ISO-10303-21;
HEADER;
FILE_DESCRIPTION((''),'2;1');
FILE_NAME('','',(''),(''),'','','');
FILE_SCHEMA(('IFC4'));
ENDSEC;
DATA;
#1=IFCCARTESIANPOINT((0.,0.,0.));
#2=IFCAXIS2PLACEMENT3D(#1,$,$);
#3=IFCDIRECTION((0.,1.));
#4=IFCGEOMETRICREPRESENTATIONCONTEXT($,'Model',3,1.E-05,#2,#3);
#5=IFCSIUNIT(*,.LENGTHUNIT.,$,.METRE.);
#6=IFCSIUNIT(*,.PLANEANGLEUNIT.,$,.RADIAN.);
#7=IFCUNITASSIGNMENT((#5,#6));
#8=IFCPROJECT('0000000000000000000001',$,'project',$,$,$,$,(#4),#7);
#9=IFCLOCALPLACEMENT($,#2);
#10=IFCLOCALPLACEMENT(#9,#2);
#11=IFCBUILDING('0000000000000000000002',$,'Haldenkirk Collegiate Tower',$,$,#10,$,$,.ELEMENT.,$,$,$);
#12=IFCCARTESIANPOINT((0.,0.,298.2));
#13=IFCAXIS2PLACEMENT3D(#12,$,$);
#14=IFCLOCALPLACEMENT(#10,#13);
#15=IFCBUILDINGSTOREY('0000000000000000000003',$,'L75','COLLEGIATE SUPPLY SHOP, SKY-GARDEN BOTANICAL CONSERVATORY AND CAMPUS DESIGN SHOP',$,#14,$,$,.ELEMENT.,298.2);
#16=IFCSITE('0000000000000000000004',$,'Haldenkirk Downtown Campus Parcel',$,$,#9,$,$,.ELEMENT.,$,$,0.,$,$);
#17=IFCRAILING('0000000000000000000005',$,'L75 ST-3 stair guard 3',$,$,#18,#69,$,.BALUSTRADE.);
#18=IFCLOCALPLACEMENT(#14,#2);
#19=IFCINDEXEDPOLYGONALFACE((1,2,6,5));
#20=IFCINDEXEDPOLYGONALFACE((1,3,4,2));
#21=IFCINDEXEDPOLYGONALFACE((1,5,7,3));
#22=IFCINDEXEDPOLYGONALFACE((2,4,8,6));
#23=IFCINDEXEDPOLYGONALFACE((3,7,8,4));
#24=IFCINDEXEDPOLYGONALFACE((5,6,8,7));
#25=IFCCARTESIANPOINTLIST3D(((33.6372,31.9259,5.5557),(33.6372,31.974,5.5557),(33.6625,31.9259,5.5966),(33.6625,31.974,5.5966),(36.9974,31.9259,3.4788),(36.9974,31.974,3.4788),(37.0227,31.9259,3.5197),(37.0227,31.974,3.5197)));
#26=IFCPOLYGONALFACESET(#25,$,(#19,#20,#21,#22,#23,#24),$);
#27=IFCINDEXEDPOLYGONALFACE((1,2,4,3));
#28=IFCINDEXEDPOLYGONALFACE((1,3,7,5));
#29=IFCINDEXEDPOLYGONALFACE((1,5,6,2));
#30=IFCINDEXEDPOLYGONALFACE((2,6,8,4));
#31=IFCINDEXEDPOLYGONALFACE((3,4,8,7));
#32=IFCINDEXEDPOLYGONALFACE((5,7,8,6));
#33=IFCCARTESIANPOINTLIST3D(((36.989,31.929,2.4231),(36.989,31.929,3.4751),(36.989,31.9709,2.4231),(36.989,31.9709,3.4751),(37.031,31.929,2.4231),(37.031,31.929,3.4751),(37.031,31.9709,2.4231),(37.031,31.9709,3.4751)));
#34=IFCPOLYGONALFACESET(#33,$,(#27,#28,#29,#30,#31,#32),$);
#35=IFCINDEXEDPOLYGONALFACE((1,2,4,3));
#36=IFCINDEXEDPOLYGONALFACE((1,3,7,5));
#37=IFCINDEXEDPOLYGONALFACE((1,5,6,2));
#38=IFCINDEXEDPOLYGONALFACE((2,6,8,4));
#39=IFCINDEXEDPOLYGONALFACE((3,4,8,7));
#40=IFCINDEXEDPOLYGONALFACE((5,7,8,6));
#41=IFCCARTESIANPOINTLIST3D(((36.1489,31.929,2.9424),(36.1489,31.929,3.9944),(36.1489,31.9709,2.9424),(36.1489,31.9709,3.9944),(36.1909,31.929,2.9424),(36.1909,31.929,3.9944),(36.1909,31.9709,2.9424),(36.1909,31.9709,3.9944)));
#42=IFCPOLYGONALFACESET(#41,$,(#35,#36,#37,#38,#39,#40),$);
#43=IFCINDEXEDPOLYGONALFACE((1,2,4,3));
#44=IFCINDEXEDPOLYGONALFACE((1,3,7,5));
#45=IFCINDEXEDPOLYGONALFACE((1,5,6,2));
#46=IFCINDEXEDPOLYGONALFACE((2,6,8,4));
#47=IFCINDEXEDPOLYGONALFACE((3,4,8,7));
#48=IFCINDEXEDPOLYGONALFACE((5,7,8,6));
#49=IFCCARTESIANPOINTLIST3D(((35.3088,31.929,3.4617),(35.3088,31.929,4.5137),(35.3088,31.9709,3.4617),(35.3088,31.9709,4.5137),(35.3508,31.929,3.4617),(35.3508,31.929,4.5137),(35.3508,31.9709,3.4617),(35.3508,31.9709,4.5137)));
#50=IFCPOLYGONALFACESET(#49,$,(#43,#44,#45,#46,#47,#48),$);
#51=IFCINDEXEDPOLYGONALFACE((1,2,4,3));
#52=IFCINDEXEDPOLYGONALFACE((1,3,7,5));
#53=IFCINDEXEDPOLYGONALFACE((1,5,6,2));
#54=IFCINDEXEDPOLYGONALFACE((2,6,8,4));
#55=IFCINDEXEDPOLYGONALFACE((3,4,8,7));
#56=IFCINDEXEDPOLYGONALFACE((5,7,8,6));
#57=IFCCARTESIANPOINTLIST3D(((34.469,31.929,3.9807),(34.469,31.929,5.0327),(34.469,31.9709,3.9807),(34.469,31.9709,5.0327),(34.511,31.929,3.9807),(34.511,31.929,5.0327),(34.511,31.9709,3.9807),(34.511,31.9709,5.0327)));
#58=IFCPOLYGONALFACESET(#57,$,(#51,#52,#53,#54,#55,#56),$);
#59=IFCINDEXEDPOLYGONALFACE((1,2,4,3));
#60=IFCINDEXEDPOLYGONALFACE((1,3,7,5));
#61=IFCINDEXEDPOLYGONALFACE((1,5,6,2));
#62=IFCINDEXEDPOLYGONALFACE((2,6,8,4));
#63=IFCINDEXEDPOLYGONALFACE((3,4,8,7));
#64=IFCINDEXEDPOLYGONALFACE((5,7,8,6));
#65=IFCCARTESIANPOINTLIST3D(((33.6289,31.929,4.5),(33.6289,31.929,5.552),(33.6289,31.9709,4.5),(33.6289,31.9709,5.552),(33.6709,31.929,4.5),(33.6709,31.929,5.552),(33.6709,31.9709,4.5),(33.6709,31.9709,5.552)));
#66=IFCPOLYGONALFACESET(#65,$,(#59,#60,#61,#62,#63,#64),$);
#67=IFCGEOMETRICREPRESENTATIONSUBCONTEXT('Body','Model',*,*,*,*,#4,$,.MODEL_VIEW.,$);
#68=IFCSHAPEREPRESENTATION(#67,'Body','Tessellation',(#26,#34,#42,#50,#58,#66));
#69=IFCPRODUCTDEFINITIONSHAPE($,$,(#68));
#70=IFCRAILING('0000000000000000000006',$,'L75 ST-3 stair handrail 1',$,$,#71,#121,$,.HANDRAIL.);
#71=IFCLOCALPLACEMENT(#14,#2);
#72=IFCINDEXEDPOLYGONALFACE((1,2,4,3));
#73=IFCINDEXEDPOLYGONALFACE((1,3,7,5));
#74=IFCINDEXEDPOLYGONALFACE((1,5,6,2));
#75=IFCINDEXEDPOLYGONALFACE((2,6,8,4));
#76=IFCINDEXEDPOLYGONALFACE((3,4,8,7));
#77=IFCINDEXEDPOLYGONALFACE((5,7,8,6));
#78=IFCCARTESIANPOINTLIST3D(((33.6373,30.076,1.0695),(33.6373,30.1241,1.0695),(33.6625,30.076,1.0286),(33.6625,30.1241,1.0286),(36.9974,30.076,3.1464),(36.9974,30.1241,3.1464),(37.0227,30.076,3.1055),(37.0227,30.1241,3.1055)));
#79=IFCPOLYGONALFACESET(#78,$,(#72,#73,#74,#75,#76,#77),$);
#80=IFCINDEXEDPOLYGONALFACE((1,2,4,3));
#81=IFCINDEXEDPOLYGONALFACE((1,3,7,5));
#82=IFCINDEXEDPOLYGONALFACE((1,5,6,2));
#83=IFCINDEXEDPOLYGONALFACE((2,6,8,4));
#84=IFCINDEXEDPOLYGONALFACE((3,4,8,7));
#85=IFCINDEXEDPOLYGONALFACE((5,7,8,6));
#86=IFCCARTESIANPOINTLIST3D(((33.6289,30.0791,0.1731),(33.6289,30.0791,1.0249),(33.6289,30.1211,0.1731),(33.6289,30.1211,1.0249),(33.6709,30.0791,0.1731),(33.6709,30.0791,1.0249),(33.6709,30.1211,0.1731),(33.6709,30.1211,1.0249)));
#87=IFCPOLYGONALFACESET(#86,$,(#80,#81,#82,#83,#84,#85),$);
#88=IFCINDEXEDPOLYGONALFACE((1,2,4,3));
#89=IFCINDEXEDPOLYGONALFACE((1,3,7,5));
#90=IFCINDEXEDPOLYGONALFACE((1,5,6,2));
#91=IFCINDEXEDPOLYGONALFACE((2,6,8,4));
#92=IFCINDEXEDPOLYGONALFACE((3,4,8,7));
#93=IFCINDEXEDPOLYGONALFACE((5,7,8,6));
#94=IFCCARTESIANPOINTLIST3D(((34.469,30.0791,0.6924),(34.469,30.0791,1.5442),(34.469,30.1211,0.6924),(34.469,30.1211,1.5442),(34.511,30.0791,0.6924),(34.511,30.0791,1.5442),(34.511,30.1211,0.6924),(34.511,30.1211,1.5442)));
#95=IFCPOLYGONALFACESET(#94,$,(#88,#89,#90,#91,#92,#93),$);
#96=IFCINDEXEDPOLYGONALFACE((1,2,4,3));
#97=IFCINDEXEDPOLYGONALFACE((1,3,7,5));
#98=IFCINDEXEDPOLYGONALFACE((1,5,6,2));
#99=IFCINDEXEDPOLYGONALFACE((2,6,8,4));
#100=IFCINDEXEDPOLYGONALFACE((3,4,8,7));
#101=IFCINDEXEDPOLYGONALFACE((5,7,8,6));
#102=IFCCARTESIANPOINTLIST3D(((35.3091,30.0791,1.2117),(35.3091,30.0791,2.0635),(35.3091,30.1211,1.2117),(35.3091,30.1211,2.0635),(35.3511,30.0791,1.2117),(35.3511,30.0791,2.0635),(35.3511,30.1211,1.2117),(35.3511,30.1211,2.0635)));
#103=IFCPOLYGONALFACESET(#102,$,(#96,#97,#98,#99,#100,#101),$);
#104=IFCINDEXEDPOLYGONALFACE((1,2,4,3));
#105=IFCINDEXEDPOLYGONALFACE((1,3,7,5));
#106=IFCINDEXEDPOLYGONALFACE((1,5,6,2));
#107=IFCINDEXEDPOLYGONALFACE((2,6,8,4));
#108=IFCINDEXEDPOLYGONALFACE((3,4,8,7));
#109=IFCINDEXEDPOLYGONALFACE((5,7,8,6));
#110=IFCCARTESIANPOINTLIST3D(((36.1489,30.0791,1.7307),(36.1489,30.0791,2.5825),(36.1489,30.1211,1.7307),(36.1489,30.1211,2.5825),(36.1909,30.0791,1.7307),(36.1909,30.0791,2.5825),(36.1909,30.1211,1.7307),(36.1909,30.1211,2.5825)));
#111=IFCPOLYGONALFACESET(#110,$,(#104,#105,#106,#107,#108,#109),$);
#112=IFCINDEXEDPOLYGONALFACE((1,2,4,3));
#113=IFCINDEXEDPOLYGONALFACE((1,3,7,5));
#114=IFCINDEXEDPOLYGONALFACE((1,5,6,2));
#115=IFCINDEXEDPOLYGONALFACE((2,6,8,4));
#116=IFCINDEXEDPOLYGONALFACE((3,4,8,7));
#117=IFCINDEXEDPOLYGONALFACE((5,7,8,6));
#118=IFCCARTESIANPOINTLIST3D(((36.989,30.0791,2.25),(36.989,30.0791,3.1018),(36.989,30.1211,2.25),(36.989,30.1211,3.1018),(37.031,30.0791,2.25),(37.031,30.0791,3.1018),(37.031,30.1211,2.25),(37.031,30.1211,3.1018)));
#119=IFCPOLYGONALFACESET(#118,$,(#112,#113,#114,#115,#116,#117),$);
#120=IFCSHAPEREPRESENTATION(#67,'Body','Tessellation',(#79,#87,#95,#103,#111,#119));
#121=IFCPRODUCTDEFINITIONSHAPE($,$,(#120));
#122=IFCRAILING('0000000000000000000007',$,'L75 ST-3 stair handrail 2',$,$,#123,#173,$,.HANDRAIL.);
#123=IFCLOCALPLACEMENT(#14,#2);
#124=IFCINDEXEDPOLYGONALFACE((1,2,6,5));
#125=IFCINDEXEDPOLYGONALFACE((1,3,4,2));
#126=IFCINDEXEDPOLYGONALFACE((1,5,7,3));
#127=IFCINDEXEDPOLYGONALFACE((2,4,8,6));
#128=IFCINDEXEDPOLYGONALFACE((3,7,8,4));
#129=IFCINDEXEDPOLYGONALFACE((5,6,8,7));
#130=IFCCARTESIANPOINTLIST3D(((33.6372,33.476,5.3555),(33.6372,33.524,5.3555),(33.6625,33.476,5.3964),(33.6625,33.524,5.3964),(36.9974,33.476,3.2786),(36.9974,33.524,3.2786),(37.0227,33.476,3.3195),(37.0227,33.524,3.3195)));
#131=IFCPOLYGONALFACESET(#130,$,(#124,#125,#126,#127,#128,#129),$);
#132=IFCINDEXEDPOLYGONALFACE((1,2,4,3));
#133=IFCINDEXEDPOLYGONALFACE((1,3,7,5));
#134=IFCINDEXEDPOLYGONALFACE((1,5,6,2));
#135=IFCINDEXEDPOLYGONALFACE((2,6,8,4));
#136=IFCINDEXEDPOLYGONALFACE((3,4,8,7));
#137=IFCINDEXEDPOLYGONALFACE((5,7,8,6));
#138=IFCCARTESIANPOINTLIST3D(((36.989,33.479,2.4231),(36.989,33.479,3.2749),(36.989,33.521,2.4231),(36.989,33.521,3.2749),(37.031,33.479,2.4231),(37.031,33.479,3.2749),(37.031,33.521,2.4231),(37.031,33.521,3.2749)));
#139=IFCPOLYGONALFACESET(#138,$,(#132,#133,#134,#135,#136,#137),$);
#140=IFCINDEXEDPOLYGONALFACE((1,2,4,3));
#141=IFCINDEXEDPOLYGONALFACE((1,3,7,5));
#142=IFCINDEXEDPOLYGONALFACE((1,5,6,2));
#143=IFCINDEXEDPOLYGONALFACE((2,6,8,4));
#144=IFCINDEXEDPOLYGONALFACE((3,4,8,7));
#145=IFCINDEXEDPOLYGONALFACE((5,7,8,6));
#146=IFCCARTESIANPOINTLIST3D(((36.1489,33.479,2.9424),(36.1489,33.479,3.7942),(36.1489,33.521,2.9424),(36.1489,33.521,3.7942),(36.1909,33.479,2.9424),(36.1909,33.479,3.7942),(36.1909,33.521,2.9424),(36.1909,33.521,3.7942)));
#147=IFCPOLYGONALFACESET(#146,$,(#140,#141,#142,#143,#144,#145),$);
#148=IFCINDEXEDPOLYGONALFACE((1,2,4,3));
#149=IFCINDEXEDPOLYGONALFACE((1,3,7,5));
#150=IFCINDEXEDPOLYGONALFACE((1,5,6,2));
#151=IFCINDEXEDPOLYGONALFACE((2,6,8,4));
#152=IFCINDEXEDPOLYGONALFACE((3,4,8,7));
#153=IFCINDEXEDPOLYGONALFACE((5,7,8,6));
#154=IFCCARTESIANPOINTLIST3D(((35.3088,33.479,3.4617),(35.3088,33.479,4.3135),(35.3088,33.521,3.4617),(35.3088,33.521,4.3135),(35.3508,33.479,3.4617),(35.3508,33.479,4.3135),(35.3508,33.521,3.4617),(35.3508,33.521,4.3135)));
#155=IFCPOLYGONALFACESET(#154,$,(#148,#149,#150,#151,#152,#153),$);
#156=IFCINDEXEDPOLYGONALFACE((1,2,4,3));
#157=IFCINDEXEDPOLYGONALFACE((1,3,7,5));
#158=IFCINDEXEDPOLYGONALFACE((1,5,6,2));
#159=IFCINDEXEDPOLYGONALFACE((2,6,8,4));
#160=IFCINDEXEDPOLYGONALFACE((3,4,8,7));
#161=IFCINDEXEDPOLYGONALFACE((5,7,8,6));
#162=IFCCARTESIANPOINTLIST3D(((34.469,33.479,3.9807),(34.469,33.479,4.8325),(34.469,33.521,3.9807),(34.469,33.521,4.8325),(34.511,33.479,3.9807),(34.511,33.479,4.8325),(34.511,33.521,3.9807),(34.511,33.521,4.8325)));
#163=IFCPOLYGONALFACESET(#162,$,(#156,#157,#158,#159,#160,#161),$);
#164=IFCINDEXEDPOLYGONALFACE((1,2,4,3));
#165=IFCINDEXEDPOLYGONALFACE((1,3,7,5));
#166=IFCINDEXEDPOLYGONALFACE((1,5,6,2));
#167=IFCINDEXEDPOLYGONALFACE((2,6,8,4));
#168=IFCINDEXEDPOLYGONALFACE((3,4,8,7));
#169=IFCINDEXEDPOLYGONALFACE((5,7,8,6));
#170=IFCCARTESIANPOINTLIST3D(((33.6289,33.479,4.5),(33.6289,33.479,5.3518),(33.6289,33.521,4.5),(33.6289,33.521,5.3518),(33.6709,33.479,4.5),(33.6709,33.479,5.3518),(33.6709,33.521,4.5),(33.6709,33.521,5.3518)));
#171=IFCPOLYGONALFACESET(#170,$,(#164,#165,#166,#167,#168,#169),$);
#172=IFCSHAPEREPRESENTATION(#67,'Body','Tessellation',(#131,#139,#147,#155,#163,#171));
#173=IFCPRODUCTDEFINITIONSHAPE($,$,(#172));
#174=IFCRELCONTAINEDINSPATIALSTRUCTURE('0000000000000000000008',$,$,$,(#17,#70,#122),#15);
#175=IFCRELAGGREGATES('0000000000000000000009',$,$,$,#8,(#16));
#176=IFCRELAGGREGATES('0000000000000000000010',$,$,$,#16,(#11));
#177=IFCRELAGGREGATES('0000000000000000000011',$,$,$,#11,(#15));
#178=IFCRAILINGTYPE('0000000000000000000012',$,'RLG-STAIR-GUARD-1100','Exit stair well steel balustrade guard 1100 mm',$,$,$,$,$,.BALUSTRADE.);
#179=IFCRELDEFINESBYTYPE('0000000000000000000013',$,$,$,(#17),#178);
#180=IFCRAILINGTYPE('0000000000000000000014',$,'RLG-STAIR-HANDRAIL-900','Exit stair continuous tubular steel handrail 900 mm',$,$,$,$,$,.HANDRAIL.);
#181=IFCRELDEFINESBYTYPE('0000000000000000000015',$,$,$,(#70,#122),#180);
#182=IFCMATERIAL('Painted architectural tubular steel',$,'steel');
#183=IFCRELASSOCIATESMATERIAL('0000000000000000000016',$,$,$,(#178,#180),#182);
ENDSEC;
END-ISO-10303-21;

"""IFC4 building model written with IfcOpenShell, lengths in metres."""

from ifc_helpers import new_model, si_unit, direction, frame, origin, origin_2d, place, context, subcontext, project, spatial, rectangle, extrude, material, type_object, element, save


model = new_model("IFC4")

# Units and contexts
model_context = context("Model", 3, precision=1e-05, world=origin(), true_north=direction((0.0, 1.0)))
body_context = subcontext(model_context, "Body", "Model", "MODEL_VIEW")
ifc_project = project(units=[si_unit("LENGTHUNIT", "METRE"), si_unit("PLANEANGLEUNIT", "RADIAN")], contexts=[model_context])

# Site, building, storey
site_placement = place(None, origin())
site = spatial("IfcSite", under=ifc_project, at=site_placement, Name="Haldenkirk Downtown Campus Parcel", CompositionType="ELEMENT", RefElevation=0.0)
building_placement = place(site_placement, origin())
building = spatial("IfcBuilding", under=site, at=building_placement, Name="Haldenkirk Collegiate Tower", CompositionType="ELEMENT")
storey_placement = place(building_placement, frame((0.0, 0.0, 298.2)))
storey = spatial("IfcBuildingStorey", under=building, at=storey_placement, Name="L75", Description="COLLEGIATE SUPPLY SHOP, SKY-GARDEN BOTANICAL CONSERVATORY AND CAMPUS DESIGN SHOP", CompositionType="ELEMENT", Elevation=298.2)

# Railings
ifc_material_1 = material(Name="Painted architectural tubular steel", Category="steel")
railing_type_1 = type_object("IfcRailingType", Name="RLG-STAIR-GUARD-1100", Description="Exit stair well steel balustrade guard 1100 mm", PredefinedType="BALUSTRADE", material=ifc_material_1)
railing_1_placement = place(storey_placement, frame((37.01, 31.95, 2.4231)))
element("IfcRailing", 1, at=railing_1_placement, inside=storey, type_object=railing_type_1, Name="L75 ST-3 stair guard 3", PredefinedType="BALUSTRADE", context=body_context, shape_type="SweptSolid", body=[
    extrude(rectangle(XDim=0.0481, YDim=0.0481, at=origin_2d()), frame((0.0, 0.0, 1.0762), z_axis=(-0.850623, 0.0, 0.525776), x_axis=(0.0, -1.0, 0.0)), (0.0, 0.0, 1.0), 3.9502),
    extrude(rectangle(XDim=0.042, YDim=0.042, at=origin_2d()), origin(), (0.0, 0.0, 1.0), 1.052),
    extrude(rectangle(XDim=0.042, YDim=0.042, at=origin_2d()), frame((-0.8401, 0.0, 0.5193)), (0.0, 0.0, 1.0), 1.052),
    extrude(rectangle(XDim=0.042, YDim=0.042, at=origin_2d()), frame((-1.6802, 0.0, 1.0386)), (0.0, 0.0, 1.0), 1.052),
    extrude(rectangle(XDim=0.042, YDim=0.042, at=origin_2d()), frame((-2.52, 0.0, 1.5576)), (0.0, 0.0, 1.0), 1.052),
    extrude(rectangle(XDim=0.042, YDim=0.042, at=origin_2d()), frame((-3.3601, 0.0, 2.0769)), (0.0, 0.0, 1.0), 1.052),
])
railing_type_2 = type_object("IfcRailingType", Name="RLG-STAIR-HANDRAIL-900", Description="Exit stair continuous tubular steel handrail 900 mm", PredefinedType="HANDRAIL", material=ifc_material_1)
railing_2_placement = place(storey_placement, frame((33.6499, 30.1001, 0.1731)))
element("IfcRailing", 2, at=railing_2_placement, inside=storey, type_object=railing_type_2, Name="L75 ST-3 stair handrail 1", PredefinedType="HANDRAIL", context=body_context, shape_type="SweptSolid", body=[
    extrude(rectangle(XDim=0.0481, YDim=0.0481, at=origin_2d()), frame((0.0, 0.0, 0.876), z_axis=(0.850623, 0.0, 0.525776), x_axis=(0.0, 1.0, 0.0)), (0.0, 0.0, 1.0), 3.9502),
    extrude(rectangle(XDim=0.042, YDim=0.042, at=origin_2d()), origin(), (0.0, 0.0, 1.0), 0.8518),
    extrude(rectangle(XDim=0.042, YDim=0.042, at=origin_2d()), frame((0.8401, 0.0, 0.5193)), (0.0, 0.0, 1.0), 0.8518),
    extrude(rectangle(XDim=0.042, YDim=0.042, at=origin_2d()), frame((1.6802, 0.0, 1.0386)), (0.0, 0.0, 1.0), 0.8518),
    extrude(rectangle(XDim=0.042, YDim=0.042, at=origin_2d()), frame((2.52, 0.0, 1.5576)), (0.0, 0.0, 1.0), 0.8518),
    extrude(rectangle(XDim=0.042, YDim=0.042, at=origin_2d()), frame((3.3601, 0.0, 2.0769)), (0.0, 0.0, 1.0), 0.8518),
])
railing_3_placement = place(storey_placement, frame((37.01, 33.5, 2.4231)))
element("IfcRailing", 3, at=railing_3_placement, inside=storey, type_object=railing_type_2, Name="L75 ST-3 stair handrail 2", PredefinedType="HANDRAIL", context=body_context, shape_type="SweptSolid", body=[
    extrude(rectangle(XDim=0.0481, YDim=0.0481, at=origin_2d()), frame((0.0, 0.0, 0.876), z_axis=(-0.850623, 0.0, 0.525776), x_axis=(0.0, -1.0, 0.0)), (0.0, 0.0, 1.0), 3.9502),
    extrude(rectangle(XDim=0.042, YDim=0.042, at=origin_2d()), origin(), (0.0, 0.0, 1.0), 0.8518),
    extrude(rectangle(XDim=0.042, YDim=0.042, at=origin_2d()), frame((-0.8401, 0.0, 0.5193)), (0.0, 0.0, 1.0), 0.8518),
    extrude(rectangle(XDim=0.042, YDim=0.042, at=origin_2d()), frame((-1.6802, 0.0, 1.0386)), (0.0, 0.0, 1.0), 0.8518),
    extrude(rectangle(XDim=0.042, YDim=0.042, at=origin_2d()), frame((-2.52, 0.0, 1.5576)), (0.0, 0.0, 1.0), 0.8518),
    extrude(rectangle(XDim=0.042, YDim=0.042, at=origin_2d()), frame((-3.3601, 0.0, 2.0769)), (0.0, 0.0, 1.0), 0.8518),
])

save(model, "model.ifc")
